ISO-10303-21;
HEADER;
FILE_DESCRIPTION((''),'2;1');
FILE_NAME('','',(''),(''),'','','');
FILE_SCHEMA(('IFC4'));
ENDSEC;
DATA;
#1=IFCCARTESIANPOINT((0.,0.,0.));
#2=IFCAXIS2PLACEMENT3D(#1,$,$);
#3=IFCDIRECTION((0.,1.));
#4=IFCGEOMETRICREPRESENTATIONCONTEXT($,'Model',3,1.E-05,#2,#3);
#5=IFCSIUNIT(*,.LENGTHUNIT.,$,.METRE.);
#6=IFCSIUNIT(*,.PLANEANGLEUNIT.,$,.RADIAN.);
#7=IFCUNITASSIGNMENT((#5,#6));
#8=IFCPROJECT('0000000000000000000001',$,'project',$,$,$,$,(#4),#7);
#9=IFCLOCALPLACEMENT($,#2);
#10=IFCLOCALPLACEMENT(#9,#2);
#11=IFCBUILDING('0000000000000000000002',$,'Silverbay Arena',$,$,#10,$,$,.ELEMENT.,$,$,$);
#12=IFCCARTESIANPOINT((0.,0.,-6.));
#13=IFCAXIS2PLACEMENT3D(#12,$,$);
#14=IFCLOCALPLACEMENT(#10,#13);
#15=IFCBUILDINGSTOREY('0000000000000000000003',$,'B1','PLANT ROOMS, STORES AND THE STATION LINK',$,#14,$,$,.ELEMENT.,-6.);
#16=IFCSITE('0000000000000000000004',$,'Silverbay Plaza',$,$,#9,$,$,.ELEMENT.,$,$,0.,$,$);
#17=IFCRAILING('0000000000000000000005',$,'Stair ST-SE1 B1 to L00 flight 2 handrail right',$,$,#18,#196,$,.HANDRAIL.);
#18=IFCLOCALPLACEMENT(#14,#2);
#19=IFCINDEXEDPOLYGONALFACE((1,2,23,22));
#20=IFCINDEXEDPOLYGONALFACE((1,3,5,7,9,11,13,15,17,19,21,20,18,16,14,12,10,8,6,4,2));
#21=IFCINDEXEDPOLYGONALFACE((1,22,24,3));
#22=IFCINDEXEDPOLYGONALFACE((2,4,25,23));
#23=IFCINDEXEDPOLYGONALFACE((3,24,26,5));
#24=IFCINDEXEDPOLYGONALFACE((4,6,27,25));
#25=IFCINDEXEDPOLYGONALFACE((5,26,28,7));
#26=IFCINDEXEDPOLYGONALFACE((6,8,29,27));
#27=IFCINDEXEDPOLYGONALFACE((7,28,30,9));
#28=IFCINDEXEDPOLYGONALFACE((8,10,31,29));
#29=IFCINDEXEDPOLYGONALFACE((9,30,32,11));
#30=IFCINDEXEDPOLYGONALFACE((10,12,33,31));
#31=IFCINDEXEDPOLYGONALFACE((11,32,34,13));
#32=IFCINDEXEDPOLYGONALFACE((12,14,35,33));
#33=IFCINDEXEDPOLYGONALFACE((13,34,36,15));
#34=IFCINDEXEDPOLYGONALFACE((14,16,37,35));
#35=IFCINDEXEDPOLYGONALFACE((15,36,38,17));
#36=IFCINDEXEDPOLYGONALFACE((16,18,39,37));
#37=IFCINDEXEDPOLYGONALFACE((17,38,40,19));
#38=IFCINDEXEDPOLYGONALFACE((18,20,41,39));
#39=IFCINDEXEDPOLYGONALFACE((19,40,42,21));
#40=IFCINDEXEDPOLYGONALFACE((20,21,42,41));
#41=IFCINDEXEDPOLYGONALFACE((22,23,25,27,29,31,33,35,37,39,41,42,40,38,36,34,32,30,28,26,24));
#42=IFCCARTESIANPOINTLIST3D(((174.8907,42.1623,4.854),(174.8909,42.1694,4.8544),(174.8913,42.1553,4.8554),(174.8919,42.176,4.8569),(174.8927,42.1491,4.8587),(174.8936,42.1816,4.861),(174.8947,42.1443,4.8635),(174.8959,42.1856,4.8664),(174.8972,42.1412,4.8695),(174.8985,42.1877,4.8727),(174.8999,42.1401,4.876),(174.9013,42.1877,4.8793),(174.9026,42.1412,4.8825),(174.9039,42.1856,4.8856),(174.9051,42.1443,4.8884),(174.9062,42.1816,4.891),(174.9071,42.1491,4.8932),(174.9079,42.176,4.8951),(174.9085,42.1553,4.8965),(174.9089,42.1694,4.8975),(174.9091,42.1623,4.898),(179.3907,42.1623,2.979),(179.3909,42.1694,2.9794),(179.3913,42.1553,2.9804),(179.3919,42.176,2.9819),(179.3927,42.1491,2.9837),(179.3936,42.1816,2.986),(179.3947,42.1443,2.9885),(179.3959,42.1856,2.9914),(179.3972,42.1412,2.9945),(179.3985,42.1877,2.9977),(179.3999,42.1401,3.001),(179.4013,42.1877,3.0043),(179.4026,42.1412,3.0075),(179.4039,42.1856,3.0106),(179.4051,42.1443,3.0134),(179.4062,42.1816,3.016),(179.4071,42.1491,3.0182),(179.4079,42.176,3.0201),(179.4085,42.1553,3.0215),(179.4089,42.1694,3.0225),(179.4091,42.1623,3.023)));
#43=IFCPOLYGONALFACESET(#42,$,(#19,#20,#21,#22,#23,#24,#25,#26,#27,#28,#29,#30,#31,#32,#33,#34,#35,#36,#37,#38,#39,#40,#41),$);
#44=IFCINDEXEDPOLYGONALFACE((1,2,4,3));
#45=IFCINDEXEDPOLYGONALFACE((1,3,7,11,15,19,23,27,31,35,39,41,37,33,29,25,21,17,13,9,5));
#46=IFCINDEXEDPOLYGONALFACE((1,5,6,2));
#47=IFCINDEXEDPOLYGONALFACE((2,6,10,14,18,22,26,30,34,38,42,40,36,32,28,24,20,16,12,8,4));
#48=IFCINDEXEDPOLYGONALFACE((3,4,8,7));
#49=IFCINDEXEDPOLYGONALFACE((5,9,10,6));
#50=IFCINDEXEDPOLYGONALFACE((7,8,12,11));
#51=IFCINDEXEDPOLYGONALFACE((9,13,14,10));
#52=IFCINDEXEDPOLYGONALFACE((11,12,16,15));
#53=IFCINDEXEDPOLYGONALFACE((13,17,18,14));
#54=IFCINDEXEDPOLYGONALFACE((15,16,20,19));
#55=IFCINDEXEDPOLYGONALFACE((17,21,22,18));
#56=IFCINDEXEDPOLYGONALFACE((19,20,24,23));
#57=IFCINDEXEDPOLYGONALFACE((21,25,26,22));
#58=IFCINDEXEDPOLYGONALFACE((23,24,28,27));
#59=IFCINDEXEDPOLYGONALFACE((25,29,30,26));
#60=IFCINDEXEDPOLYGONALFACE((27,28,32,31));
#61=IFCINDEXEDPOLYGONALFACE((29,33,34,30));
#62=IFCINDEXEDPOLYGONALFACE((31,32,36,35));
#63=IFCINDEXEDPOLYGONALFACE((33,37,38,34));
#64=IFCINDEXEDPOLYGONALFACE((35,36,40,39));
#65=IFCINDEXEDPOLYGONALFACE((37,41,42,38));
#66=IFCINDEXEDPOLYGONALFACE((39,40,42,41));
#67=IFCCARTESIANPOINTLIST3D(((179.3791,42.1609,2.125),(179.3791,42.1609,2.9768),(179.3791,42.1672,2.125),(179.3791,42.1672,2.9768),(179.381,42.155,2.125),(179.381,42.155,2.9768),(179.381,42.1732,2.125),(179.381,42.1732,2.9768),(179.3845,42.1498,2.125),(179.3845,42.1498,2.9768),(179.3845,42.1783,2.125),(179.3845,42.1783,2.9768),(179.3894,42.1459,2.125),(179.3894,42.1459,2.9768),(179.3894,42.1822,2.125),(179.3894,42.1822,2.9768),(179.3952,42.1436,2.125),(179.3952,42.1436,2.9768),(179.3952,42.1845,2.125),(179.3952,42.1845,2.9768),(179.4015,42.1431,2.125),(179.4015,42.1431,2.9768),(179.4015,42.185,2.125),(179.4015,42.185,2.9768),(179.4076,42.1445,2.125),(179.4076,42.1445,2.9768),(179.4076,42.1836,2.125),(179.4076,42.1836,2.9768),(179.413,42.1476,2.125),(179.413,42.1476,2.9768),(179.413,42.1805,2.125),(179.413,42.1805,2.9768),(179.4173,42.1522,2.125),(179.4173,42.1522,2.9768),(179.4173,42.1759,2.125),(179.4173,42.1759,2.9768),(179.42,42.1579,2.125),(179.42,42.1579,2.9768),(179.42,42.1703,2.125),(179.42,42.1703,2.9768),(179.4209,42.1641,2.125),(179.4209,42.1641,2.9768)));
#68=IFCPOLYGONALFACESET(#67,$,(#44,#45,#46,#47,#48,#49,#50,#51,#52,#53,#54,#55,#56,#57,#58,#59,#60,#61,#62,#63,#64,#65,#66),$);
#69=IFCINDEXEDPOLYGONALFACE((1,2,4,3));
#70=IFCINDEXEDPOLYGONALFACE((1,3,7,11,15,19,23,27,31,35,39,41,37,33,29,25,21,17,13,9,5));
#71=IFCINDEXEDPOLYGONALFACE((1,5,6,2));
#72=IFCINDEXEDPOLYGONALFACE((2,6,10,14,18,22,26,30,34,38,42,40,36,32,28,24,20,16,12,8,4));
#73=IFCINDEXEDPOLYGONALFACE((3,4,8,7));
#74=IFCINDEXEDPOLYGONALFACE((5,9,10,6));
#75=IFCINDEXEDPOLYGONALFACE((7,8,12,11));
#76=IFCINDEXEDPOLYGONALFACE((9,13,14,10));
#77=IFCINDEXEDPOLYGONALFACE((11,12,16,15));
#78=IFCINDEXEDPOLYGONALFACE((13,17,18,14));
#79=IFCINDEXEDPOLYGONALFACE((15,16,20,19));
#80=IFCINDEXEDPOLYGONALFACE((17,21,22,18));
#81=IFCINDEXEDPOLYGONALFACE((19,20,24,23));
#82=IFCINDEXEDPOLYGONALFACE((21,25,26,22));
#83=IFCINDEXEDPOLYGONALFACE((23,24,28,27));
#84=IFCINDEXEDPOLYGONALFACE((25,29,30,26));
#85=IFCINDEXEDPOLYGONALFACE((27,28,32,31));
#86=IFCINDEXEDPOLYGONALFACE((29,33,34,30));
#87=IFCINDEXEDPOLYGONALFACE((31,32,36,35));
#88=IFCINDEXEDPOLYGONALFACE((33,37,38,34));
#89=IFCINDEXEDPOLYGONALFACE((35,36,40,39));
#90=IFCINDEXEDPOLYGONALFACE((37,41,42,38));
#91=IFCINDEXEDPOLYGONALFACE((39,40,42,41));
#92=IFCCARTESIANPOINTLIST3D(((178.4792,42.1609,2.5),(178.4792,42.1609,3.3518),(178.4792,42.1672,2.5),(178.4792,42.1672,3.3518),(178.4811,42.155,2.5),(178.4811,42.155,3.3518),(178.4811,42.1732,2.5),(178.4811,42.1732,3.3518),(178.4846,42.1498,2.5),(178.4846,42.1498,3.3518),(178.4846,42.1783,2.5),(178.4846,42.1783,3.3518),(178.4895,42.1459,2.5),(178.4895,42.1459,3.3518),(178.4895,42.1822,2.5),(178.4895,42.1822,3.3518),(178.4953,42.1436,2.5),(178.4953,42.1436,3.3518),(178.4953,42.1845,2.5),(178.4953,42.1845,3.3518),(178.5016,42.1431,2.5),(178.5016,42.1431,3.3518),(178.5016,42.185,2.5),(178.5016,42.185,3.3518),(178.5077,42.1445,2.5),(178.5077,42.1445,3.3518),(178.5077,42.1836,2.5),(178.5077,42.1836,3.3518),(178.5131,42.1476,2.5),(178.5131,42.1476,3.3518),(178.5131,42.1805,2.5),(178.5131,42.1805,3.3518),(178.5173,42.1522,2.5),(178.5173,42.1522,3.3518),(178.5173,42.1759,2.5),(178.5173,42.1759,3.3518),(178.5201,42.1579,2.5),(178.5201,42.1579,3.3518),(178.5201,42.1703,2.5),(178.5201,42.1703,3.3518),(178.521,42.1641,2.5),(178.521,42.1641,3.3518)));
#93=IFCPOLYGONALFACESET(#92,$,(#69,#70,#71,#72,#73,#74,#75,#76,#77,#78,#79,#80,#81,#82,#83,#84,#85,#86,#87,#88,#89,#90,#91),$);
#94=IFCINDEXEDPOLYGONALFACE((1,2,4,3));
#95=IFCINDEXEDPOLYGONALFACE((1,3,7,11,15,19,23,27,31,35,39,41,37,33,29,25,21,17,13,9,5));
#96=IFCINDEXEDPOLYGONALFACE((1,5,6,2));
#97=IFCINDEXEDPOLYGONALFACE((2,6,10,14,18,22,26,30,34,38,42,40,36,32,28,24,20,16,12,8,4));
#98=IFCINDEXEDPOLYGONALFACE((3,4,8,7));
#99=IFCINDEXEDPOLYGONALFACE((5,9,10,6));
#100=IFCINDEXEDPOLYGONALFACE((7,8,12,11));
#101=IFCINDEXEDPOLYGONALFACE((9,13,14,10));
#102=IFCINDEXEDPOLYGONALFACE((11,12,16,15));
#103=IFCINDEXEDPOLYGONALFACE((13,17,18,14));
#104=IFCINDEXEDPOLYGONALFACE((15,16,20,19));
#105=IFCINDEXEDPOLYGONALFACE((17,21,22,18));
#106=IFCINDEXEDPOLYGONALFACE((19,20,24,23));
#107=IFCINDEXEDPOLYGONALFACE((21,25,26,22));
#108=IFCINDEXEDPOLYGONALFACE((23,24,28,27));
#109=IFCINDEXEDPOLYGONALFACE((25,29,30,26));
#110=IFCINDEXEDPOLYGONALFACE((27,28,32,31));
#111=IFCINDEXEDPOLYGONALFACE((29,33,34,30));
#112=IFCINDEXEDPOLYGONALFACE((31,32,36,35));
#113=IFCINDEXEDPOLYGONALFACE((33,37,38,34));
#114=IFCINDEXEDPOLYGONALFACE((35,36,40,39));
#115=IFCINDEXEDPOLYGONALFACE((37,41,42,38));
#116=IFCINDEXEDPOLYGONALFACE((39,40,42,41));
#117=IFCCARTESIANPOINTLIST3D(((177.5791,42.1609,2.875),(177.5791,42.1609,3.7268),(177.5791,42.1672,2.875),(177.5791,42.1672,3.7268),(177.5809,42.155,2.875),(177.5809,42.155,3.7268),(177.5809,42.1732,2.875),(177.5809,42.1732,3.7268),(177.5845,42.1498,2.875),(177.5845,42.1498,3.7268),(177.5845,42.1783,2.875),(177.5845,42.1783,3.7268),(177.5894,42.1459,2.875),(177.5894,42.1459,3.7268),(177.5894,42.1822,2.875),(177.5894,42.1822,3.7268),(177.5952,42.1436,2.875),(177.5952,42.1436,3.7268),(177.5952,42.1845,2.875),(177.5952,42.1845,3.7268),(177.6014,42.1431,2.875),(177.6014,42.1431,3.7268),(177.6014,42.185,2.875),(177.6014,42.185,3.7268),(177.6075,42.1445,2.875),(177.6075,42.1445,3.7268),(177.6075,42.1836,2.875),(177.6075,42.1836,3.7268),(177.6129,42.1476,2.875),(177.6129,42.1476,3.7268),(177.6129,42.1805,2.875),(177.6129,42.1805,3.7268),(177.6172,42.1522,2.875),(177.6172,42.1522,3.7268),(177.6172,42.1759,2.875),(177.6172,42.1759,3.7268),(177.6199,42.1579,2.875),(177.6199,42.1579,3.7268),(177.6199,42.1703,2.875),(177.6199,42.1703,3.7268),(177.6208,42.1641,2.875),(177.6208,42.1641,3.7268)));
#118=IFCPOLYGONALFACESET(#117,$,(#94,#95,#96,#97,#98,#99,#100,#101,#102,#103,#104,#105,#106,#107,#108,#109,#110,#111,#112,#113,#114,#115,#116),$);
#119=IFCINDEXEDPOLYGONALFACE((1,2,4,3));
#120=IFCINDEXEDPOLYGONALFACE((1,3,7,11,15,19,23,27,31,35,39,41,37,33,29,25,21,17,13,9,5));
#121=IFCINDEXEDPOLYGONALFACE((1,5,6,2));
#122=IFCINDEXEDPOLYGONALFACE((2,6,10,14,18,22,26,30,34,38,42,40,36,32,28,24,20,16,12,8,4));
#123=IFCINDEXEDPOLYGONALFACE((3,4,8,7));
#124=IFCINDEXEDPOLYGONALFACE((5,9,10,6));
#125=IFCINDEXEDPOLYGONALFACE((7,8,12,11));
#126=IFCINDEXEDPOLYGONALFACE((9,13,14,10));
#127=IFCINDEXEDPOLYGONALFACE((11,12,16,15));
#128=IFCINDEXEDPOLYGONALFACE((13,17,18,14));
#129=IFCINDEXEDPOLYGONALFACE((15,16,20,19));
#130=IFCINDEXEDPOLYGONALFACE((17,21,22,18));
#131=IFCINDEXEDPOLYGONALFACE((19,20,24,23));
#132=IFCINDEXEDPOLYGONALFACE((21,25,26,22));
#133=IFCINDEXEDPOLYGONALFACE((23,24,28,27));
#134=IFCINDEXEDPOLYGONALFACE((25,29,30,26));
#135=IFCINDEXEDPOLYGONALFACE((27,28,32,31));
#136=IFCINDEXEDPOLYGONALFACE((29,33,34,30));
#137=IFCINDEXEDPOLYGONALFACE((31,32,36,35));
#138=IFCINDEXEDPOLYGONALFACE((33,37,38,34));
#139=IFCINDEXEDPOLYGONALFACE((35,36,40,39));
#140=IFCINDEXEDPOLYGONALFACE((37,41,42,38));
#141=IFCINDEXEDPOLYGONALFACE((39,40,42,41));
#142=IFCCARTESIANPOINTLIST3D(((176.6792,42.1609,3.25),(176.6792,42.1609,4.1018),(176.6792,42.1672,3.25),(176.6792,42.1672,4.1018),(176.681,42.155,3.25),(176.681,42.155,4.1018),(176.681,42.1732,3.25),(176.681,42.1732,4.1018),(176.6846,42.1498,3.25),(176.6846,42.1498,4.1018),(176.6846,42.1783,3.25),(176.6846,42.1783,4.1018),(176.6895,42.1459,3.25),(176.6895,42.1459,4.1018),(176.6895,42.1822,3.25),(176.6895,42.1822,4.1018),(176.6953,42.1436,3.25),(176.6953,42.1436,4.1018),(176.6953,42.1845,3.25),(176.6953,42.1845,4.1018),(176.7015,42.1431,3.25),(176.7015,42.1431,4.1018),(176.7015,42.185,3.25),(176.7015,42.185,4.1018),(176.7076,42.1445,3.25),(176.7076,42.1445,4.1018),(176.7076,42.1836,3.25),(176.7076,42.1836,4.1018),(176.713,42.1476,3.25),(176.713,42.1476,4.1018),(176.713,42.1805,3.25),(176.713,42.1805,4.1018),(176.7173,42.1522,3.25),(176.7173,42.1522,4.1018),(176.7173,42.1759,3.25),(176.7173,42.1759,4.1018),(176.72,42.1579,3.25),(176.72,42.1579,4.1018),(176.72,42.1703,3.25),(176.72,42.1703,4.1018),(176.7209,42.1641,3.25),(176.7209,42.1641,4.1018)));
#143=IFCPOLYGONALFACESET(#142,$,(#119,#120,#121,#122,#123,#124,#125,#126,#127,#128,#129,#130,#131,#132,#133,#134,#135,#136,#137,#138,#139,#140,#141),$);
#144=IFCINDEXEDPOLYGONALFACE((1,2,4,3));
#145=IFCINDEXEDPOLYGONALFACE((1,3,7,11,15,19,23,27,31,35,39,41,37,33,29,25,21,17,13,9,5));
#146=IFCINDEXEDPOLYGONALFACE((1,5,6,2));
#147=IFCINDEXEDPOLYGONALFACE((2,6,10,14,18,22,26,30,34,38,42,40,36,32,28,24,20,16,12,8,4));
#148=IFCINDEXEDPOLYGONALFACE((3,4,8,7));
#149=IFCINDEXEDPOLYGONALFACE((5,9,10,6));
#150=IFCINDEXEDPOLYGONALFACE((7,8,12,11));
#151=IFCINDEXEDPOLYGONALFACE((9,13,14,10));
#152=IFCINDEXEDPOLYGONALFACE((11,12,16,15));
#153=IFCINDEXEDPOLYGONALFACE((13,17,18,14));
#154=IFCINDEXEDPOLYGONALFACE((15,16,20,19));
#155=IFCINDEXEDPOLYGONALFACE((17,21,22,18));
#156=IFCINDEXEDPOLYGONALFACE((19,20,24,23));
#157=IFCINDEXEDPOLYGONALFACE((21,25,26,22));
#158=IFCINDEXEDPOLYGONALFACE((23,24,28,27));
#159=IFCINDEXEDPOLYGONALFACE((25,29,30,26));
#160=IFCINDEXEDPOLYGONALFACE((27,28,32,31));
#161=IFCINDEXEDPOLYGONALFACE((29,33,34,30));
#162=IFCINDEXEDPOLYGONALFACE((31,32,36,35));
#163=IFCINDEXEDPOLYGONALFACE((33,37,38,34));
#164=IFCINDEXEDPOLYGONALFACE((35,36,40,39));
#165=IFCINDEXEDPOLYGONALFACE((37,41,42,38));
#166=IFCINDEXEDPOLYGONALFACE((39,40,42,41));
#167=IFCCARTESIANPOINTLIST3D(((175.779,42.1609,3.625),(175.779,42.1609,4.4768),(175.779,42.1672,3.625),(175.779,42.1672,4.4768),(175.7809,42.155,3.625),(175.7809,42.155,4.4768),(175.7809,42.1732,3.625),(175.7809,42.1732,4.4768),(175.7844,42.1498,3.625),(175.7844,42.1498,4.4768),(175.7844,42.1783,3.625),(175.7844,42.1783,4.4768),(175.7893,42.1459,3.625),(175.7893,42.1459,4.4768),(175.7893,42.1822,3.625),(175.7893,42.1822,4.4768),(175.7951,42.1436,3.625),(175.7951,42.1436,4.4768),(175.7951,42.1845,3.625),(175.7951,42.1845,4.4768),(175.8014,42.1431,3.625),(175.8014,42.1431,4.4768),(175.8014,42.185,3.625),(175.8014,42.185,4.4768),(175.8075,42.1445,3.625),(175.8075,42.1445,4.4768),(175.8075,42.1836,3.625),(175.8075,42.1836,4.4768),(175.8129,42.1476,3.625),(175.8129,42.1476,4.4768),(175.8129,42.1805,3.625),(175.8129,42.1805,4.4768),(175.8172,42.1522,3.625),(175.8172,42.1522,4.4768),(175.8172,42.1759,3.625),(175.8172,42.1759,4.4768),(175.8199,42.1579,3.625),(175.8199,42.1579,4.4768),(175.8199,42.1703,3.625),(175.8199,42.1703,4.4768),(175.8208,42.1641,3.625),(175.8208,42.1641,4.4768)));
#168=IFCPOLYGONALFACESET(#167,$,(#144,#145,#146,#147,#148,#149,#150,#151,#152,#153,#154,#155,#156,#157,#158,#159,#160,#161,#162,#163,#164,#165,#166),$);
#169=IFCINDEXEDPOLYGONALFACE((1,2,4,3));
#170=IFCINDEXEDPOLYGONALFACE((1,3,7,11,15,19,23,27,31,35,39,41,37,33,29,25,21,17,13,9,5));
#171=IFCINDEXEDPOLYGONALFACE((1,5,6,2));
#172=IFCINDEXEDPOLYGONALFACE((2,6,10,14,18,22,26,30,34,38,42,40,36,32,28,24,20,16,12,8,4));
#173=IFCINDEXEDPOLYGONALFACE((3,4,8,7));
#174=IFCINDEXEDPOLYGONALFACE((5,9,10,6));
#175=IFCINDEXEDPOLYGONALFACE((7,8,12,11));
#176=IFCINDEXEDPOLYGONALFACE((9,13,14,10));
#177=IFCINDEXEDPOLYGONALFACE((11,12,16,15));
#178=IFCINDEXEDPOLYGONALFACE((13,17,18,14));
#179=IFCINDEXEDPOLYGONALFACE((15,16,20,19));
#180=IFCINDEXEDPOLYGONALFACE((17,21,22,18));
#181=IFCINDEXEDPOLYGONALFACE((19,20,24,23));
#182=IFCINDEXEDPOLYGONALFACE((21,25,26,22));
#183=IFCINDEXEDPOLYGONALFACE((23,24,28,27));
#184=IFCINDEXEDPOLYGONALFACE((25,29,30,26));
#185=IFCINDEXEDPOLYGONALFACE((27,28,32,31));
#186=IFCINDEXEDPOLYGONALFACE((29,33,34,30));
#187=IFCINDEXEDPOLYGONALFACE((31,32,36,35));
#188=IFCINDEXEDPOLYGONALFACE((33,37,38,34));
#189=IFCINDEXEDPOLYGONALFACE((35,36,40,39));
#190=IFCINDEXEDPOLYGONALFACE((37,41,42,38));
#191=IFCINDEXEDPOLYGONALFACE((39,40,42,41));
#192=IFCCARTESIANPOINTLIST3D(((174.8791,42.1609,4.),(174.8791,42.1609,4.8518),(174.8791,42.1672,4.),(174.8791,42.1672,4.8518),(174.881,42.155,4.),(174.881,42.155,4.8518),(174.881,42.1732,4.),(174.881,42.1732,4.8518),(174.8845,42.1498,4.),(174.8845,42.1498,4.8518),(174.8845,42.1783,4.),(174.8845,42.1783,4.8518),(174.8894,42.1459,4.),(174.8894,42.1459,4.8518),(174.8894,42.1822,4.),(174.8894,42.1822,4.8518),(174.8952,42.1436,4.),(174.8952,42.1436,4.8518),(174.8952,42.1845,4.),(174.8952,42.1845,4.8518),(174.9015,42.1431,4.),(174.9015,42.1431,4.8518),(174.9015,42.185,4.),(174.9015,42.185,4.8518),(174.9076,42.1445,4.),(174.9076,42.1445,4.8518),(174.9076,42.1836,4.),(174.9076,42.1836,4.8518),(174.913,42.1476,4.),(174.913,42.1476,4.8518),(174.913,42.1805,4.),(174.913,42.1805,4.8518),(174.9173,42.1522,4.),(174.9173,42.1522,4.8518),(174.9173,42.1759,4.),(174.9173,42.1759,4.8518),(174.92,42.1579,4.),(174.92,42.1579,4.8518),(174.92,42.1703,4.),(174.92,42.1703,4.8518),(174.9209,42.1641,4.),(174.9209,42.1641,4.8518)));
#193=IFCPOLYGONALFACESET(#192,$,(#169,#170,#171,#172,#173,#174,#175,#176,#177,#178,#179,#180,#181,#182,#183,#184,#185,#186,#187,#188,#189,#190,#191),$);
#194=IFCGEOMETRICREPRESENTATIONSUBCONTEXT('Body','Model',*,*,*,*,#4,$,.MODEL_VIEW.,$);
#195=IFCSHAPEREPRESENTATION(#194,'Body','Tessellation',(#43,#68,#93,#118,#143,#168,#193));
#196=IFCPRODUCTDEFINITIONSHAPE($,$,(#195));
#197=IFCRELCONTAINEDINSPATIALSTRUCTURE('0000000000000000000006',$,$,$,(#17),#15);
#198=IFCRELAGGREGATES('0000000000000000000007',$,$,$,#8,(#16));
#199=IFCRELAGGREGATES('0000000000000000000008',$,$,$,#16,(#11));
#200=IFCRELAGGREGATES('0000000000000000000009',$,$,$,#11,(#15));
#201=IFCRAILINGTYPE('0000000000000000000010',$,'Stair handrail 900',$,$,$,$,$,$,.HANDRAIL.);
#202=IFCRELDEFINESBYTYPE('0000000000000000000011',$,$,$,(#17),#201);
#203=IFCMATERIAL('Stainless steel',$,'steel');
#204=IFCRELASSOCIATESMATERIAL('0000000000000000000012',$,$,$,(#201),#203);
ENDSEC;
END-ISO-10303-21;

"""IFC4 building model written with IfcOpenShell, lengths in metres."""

from ifc_helpers import new_model, si_unit, direction, frame, origin, origin_2d, place, context, subcontext, project, spatial, circle, extrude, material, type_object, element, save


model = new_model("IFC4")

# Units and contexts
model_context = context("Model", 3, precision=1e-05, world=origin(), true_north=direction((0.0, 1.0)))
body_context = subcontext(model_context, "Body", "Model", "MODEL_VIEW")
ifc_project = project(units=[si_unit("LENGTHUNIT", "METRE"), si_unit("PLANEANGLEUNIT", "RADIAN")], contexts=[model_context])

# Site, building, storey
site_placement = place(None, origin())
site = spatial("IfcSite", under=ifc_project, at=site_placement, Name="Silverbay Plaza", CompositionType="ELEMENT", RefElevation=0.0)
building_placement = place(site_placement, origin())
building = spatial("IfcBuilding", under=site, at=building_placement, Name="Silverbay Arena", CompositionType="ELEMENT")
storey_placement = place(building_placement, frame((0.0, 0.0, -6.0)))
storey = spatial("IfcBuildingStorey", under=building, at=storey_placement, Name="B1", Description="PLANT ROOMS, STORES AND THE STATION LINK", CompositionType="ELEMENT", Elevation=-6.0)

# Railing
ifc_material_1 = material(Name="Stainless steel", Category="steel")
railing_type_1 = type_object("IfcRailingType", Name="Stair handrail 900", PredefinedType="HANDRAIL", material=ifc_material_1)
for number, where, name in (
    (1, (179.3999, 42.1641, 2.125), "Stair ST-SE1 B1 to L00 flight 2 handrail right"),
):
    element("IfcRailing", number, at=place(storey_placement, frame(where)), inside=storey, type_object=railing_type_1, Name=name, PredefinedType="HANDRAIL", context=body_context, shape_type="SweptSolid", body=[
        extrude(circle(Radius=0.0239, at=origin_2d()), frame((0.0, 0.0, 0.876), z_axis=(-0.923077, 0.0, 0.384615), x_axis=(0.0, -1.0, 0.0)), (0.0, 0.0, 1.0), 4.875),
        extrude(circle(Radius=0.021, at=origin_2d()), origin(), (0.0, 0.0, 1.0), 0.8518),
        extrude(circle(Radius=0.021, at=origin_2d()), frame((-0.8999, 0.0, 0.375)), (0.0, 0.0, 1.0), 0.8518),
        extrude(circle(Radius=0.021, at=origin_2d()), frame((-1.8, 0.0, 0.75)), (0.0, 0.0, 1.0), 0.8518),
        extrude(circle(Radius=0.021, at=origin_2d()), frame((-2.7, 0.0, 1.125)), (0.0, 0.0, 1.0), 0.8518),
        extrude(circle(Radius=0.021, at=origin_2d()), frame((-3.6001, 0.0, 1.5)), (0.0, 0.0, 1.0), 0.8518),
        extrude(circle(Radius=0.021, at=origin_2d()), frame((-4.5, 0.0, 1.875)), (0.0, 0.0, 1.0), 0.8518),
    ])

save(model, "model.ifc")
